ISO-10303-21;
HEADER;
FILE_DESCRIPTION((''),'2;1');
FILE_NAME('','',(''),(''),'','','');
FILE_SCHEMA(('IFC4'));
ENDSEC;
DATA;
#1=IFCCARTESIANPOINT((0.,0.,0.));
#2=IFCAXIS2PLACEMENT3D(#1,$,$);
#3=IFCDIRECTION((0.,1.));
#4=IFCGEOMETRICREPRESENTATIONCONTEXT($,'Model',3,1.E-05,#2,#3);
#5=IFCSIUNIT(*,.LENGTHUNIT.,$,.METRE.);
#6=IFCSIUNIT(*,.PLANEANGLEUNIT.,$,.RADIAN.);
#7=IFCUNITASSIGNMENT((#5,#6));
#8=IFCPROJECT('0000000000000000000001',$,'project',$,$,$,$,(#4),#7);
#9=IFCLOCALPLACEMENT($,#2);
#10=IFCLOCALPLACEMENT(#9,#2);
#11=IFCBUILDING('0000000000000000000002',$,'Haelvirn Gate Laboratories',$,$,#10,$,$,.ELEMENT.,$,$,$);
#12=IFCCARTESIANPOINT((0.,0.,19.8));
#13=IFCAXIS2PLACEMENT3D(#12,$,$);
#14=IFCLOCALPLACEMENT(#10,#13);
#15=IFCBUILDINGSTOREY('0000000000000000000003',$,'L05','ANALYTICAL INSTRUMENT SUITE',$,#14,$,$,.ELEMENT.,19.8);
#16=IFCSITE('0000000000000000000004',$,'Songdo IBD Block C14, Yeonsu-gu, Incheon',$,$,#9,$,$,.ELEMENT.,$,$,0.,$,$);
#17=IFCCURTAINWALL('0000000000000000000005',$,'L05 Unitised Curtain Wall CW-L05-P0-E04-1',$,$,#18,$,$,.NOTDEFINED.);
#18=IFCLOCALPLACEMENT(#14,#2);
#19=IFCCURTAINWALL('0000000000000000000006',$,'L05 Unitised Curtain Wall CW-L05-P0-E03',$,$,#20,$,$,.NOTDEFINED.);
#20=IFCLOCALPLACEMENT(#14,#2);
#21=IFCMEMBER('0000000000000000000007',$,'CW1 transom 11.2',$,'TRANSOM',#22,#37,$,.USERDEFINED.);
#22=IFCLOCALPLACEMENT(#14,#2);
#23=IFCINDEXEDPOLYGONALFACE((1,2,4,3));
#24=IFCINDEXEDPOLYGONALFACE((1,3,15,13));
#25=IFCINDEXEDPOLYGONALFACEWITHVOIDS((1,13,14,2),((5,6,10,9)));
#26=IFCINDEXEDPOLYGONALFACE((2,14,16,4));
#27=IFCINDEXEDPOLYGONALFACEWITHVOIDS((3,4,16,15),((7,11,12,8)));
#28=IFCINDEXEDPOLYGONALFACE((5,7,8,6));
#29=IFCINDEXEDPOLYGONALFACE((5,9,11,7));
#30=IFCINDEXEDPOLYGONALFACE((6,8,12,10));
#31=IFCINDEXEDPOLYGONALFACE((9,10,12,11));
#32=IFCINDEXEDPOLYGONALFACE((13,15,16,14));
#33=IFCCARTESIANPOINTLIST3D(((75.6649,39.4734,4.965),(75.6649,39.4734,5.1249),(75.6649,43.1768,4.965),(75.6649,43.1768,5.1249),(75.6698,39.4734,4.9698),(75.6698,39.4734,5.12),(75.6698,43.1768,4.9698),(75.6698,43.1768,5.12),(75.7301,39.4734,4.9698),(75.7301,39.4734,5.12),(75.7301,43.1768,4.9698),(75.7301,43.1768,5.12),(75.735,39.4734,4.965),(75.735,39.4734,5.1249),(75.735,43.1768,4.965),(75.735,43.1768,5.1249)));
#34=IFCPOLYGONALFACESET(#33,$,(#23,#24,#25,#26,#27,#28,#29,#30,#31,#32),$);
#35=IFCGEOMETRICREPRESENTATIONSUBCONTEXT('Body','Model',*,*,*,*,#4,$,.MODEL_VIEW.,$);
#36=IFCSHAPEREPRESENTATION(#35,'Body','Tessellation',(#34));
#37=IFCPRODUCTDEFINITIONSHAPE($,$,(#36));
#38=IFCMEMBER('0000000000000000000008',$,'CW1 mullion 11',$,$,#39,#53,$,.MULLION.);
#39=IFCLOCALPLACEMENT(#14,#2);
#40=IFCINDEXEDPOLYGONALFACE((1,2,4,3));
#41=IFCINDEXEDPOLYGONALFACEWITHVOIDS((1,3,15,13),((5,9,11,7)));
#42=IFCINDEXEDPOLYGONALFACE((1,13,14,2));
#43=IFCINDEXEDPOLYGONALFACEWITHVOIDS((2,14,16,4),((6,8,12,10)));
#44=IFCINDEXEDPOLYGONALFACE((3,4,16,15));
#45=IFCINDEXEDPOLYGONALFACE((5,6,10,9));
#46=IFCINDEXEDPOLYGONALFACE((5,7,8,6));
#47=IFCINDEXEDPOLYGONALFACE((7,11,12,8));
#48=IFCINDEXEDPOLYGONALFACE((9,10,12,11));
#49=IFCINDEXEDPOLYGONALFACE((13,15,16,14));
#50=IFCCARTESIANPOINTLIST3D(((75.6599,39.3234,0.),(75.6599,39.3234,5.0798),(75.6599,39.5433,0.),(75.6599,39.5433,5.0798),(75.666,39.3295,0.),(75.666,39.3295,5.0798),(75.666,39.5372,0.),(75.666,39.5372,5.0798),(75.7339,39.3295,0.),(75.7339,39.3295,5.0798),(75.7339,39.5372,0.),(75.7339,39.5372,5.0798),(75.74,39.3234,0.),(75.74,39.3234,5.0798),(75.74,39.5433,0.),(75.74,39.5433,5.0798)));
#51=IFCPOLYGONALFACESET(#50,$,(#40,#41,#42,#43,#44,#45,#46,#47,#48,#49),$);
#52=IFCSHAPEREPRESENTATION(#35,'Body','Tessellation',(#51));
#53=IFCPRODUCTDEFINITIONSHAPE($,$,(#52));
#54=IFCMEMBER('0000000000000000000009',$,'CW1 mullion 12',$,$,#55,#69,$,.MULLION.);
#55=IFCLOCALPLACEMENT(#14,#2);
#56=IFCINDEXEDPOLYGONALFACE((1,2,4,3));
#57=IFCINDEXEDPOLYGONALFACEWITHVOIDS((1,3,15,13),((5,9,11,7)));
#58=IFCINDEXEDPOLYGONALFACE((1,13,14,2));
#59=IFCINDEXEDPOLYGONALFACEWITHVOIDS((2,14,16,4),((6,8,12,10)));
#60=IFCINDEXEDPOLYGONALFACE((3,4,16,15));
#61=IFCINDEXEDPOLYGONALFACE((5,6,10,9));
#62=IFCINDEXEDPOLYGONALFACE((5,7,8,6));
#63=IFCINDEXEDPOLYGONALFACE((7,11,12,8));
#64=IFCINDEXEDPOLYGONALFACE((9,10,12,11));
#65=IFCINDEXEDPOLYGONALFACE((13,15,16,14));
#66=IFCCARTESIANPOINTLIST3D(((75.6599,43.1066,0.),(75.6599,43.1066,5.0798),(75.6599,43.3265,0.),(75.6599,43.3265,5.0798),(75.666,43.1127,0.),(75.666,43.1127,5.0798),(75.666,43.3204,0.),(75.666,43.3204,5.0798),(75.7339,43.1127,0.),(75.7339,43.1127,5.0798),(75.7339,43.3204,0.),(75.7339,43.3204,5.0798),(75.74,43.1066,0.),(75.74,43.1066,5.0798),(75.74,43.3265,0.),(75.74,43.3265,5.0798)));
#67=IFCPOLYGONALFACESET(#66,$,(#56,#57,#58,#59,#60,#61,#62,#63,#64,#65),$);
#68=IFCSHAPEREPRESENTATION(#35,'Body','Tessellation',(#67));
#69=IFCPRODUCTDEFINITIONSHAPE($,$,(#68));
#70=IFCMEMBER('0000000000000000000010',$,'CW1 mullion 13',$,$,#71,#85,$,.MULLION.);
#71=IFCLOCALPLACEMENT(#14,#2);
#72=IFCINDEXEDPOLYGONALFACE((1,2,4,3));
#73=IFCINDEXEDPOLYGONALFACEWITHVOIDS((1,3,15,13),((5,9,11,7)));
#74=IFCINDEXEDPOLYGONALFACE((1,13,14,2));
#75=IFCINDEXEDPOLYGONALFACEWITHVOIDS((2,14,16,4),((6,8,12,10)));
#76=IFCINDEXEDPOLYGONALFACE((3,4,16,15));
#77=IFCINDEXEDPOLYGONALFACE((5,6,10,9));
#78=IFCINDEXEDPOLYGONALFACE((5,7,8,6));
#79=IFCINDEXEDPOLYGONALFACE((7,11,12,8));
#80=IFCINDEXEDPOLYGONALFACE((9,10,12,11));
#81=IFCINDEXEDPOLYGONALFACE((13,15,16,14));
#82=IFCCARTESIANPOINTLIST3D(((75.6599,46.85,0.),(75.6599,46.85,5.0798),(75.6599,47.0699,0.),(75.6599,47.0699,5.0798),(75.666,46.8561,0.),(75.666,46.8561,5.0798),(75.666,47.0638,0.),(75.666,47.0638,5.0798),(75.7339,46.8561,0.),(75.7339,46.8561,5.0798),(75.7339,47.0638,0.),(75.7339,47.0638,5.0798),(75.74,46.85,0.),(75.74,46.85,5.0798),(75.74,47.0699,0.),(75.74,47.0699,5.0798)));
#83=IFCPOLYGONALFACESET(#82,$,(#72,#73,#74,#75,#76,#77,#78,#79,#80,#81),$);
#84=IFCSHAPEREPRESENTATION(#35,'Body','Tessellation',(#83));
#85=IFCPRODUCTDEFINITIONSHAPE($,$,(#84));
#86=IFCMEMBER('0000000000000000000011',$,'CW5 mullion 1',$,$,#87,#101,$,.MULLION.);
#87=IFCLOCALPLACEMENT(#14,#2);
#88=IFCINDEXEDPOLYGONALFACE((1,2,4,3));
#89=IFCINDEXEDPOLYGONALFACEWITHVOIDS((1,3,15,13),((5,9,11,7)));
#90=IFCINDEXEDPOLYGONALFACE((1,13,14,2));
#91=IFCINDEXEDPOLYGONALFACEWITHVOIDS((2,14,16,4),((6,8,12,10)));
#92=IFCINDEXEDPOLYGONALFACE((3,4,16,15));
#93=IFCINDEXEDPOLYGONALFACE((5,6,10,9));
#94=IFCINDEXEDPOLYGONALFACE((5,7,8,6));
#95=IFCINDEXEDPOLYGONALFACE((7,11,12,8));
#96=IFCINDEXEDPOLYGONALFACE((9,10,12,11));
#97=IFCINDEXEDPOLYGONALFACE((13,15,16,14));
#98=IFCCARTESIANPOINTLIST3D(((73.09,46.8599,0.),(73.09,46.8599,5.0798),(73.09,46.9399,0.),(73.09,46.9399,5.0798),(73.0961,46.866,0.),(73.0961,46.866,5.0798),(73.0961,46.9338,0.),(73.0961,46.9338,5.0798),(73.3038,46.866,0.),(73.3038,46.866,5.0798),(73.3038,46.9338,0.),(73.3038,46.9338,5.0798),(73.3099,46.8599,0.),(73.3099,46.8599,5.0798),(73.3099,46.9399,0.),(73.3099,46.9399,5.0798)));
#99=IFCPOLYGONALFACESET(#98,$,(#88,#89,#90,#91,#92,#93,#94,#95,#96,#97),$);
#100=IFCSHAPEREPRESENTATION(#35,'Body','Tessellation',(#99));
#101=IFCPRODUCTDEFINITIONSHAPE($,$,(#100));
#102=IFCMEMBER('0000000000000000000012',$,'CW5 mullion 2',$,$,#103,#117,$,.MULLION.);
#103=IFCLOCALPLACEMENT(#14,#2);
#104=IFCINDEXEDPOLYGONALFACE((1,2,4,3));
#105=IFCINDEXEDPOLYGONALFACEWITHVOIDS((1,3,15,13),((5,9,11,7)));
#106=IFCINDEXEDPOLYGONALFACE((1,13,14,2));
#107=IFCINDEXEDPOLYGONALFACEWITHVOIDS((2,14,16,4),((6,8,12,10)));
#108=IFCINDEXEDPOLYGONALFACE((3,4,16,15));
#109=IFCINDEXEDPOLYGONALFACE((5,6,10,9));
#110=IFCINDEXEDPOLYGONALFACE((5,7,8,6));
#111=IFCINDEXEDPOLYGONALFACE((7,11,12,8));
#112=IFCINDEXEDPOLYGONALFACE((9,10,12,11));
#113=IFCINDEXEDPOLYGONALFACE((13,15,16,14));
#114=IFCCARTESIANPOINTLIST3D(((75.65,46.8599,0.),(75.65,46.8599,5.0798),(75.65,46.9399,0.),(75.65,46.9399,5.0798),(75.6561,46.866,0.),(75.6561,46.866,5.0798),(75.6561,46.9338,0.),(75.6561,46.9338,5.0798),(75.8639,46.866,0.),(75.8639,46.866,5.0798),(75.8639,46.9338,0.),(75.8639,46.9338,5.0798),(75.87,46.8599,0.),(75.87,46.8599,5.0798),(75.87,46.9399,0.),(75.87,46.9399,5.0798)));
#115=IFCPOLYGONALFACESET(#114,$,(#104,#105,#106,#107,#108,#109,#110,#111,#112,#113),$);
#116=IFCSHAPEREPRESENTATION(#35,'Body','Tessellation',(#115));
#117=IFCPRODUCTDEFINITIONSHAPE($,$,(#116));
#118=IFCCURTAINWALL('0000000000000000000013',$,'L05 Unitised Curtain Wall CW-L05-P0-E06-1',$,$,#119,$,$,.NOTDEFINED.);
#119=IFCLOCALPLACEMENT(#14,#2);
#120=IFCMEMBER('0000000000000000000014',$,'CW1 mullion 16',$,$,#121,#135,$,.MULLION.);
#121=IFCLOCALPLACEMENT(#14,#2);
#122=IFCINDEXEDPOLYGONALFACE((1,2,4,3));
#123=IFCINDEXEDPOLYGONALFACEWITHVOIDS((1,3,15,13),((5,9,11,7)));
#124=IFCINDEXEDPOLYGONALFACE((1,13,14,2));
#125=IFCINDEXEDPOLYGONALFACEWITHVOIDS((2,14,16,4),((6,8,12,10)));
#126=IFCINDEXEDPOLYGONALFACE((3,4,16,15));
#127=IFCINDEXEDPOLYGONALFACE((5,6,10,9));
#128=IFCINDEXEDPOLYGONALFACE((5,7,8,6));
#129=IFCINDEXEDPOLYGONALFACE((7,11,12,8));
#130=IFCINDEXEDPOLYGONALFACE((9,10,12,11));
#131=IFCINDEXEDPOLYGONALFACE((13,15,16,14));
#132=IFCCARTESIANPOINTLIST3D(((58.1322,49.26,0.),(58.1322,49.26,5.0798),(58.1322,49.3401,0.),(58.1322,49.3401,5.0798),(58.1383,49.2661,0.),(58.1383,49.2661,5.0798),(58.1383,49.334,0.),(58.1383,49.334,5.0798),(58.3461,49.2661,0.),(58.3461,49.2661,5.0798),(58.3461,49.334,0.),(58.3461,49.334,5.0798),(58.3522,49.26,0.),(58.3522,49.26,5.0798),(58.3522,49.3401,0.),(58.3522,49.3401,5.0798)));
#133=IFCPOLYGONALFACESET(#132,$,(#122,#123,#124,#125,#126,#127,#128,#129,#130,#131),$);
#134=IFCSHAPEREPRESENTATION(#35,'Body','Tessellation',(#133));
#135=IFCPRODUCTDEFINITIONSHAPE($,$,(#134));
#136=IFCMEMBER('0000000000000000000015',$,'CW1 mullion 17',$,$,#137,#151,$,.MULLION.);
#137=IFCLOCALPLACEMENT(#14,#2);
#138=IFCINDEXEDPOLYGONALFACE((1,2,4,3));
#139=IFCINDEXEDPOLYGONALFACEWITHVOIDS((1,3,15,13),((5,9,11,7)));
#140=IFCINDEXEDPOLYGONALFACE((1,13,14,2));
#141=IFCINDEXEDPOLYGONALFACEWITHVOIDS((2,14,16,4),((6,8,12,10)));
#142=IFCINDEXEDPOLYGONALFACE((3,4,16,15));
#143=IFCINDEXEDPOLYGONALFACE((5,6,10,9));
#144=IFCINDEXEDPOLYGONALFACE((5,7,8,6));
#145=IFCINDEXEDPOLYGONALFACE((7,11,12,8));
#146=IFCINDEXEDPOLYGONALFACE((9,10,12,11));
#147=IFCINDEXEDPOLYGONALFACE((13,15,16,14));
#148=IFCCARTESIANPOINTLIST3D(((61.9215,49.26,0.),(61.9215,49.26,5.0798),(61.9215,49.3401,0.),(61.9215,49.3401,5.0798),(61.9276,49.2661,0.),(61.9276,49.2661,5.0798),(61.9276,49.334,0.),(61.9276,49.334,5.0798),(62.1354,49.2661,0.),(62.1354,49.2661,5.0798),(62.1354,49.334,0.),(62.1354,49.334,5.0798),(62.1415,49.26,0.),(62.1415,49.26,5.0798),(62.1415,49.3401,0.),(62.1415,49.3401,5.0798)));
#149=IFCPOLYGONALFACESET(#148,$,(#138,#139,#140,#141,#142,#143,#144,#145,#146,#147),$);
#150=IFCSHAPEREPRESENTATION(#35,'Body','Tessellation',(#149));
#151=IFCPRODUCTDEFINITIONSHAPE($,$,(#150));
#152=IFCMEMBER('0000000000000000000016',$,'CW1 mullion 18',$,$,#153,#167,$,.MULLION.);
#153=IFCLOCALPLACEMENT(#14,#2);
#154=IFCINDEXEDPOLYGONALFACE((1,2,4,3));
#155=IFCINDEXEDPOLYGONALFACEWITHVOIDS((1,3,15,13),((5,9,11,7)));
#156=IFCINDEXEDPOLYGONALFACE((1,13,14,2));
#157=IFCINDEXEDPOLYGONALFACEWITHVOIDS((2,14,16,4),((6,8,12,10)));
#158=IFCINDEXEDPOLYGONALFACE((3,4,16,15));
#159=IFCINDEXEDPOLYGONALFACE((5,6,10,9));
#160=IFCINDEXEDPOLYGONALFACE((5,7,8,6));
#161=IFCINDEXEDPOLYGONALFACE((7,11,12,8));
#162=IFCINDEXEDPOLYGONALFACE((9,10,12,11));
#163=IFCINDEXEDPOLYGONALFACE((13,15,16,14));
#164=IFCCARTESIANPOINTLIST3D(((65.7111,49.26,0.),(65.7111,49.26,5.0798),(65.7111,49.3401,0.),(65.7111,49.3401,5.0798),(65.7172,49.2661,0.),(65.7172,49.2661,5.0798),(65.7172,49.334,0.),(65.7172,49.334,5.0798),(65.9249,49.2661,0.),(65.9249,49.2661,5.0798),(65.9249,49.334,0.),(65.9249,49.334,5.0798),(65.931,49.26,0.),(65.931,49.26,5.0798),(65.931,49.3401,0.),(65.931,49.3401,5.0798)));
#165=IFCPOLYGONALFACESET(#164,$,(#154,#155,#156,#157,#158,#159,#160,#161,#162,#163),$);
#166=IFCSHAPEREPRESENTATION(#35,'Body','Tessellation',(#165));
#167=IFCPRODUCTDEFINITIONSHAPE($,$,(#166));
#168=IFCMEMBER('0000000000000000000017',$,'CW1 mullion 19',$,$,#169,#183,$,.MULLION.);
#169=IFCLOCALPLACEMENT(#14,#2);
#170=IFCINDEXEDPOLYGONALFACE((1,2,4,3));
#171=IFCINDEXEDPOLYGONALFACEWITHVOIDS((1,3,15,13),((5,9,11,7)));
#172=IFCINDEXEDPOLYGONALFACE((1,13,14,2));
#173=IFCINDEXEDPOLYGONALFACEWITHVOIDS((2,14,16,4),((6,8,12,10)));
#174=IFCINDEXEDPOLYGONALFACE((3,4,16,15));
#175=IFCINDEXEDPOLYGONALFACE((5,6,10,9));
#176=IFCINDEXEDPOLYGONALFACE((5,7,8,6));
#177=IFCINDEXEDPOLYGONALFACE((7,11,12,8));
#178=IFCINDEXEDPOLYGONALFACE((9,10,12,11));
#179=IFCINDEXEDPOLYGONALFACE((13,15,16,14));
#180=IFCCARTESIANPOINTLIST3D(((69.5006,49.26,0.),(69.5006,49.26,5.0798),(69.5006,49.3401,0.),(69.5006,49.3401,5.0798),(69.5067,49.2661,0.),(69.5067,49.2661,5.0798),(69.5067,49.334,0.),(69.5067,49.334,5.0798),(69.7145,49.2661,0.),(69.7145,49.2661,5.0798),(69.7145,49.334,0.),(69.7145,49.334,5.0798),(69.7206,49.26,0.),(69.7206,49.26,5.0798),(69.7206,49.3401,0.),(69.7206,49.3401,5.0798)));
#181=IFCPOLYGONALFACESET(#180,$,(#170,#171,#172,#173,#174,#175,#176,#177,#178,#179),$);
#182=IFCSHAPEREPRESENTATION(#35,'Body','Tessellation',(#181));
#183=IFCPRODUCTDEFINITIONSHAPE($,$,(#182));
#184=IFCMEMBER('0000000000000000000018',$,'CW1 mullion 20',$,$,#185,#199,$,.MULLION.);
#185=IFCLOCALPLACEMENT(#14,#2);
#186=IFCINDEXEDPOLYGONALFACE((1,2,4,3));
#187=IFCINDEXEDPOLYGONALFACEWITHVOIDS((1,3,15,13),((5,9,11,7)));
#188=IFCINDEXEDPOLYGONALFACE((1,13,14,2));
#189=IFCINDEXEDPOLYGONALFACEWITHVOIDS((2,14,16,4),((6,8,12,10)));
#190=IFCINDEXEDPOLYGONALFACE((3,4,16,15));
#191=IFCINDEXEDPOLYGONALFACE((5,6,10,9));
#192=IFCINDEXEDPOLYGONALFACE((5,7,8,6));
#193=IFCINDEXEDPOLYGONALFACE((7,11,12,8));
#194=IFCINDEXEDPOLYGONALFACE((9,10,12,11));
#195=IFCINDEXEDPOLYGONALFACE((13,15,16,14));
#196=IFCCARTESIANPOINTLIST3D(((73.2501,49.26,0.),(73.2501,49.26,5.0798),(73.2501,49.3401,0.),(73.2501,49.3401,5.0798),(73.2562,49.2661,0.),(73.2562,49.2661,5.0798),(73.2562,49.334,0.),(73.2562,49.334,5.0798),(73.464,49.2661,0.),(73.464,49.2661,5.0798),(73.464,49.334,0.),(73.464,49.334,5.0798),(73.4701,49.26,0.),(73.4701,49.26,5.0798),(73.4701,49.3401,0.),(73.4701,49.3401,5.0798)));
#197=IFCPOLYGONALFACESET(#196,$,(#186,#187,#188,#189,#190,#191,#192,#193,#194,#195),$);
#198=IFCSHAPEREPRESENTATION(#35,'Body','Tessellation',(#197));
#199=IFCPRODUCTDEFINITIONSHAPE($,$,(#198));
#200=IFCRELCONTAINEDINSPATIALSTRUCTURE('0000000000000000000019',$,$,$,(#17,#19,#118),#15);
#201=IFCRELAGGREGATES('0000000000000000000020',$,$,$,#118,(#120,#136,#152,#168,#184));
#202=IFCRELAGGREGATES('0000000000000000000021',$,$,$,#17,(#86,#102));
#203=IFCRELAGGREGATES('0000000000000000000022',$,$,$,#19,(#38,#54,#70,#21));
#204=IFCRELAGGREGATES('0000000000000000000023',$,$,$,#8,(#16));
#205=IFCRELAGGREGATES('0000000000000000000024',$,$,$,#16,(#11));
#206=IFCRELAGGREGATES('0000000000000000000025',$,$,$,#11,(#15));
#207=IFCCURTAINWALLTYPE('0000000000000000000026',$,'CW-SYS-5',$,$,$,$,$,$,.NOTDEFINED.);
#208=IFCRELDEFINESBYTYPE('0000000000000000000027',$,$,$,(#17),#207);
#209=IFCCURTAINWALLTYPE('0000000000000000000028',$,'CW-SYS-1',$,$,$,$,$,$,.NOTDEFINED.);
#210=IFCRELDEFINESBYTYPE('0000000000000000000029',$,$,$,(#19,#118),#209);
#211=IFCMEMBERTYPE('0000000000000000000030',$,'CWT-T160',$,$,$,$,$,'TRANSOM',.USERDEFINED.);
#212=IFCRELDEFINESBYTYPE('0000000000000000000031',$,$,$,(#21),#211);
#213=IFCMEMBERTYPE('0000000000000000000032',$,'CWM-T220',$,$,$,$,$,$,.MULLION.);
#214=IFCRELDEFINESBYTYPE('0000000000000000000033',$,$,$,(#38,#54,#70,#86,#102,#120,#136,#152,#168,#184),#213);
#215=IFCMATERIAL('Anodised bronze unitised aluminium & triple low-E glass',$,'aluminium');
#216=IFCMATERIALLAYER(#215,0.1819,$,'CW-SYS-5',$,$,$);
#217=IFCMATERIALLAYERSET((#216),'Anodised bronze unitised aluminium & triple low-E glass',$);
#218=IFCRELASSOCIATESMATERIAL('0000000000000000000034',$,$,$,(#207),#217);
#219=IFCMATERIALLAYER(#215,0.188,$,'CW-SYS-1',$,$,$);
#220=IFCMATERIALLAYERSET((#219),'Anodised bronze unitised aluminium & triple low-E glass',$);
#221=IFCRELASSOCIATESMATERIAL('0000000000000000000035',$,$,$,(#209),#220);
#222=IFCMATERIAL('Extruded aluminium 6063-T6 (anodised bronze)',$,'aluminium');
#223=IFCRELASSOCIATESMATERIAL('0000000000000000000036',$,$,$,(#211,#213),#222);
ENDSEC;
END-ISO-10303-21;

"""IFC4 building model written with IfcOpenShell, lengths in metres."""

from ifc_helpers import new_model, si_unit, direction, frame, origin, origin_2d, place, context, subcontext, project, spatial, hollow_rectangle, extrude, source, transform, mapped, material, layer, layer_set, material_profile, profile_set, type_object, type_shapes, element, aggregate, save


model = new_model("IFC4")

# Units and contexts
model_context = context("Model", 3, precision=1e-05, world=origin(), true_north=direction((0.0, 1.0)))
body_context = subcontext(model_context, "Body", "Model", "MODEL_VIEW")
ifc_project = project(units=[si_unit("LENGTHUNIT", "METRE"), si_unit("PLANEANGLEUNIT", "RADIAN")], contexts=[model_context])

# Site, building, storey
site_placement = place(None, origin())
site = spatial("IfcSite", under=ifc_project, at=site_placement, Name="Songdo IBD Block C14, Yeonsu-gu, Incheon", CompositionType="ELEMENT", RefElevation=0.0)
building_placement = place(site_placement, origin())
building = spatial("IfcBuilding", under=site, at=building_placement, Name="Haelvirn Gate Laboratories", CompositionType="ELEMENT")
storey_placement = place(building_placement, frame((0.0, 0.0, 19.8)))
storey = spatial("IfcBuildingStorey", under=building, at=storey_placement, Name="L05", Description="ANALYTICAL INSTRUMENT SUITE", CompositionType="ELEMENT", Elevation=19.8)

# Curtain walls, members
ifc_material_1 = material(Name="Anodised bronze unitised aluminium & triple low-E glass", Category="aluminium")
ifc_layer_1 = layer(ifc_material_1, 0.1819, Name="CW-SYS-5")
ifc_layer_set_1 = layer_set([ifc_layer_1], Name="Anodised bronze unitised aluminium & triple low-E glass")
curtain_wall_type_1 = type_object("IfcCurtainWallType", Name="CW-SYS-5", PredefinedType="NOTDEFINED", material=ifc_layer_set_1)
curtain_wall_1_placement = place(storey_placement, origin())
curtain_wall_1 = element("IfcCurtainWall", 1, at=curtain_wall_1_placement, inside=storey, type_object=curtain_wall_type_1, Name="L05 Unitised Curtain Wall CW-L05-P0-E04-1", PredefinedType="NOTDEFINED")
ifc_material_2 = material(Name="Extruded aluminium 6063-T6 (anodised bronze)", Category="aluminium")
ifc_layer_2 = layer(ifc_material_1, 0.188, Name="CW-SYS-1")
ifc_layer_set_2 = layer_set([ifc_layer_2], Name="Anodised bronze unitised aluminium & triple low-E glass")
curtain_wall_type_2 = type_object("IfcCurtainWallType", Name="CW-SYS-1", PredefinedType="NOTDEFINED", material=ifc_layer_set_2)
curtain_wall_2_placement = place(storey_placement, origin())
curtain_wall_2 = element("IfcCurtainWall", 2, at=curtain_wall_2_placement, inside=storey, type_object=curtain_wall_type_2, Name="L05 Unitised Curtain Wall CW-L05-P0-E03", PredefinedType="NOTDEFINED")
ifc_material_profile_1 = material_profile(ifc_material_2, hollow_rectangle(XDim=0.0701, YDim=0.1599, WallThickness=0.0049, at=origin_2d()), Name="CWT-160x70x5")
ifc_profile_set_1 = profile_set([ifc_material_profile_1], Name="Extruded aluminium 6063-T6 (anodised bronze)")
member_type_1 = type_object("IfcMemberType", Name="CWT-T160", ElementType="TRANSOM", PredefinedType="USERDEFINED", material=ifc_profile_set_1)
shared_shape_1 = source(origin(), body_context, "Body", "SweptSolid", [
    extrude(hollow_rectangle(XDim=0.0701, YDim=0.1599, WallThickness=0.0049, at=origin_2d()), origin(), (0.0, 0.0, 1.0), 3.7034),
])
member_1_placement = place(storey_placement, frame((75.7, 39.4734, 5.0449), z_axis=(0.0, 1.0, 0.0), x_axis=(-1.0, 0.0, 0.0)))
member_1 = element("IfcMember", 3, at=member_1_placement, type_object=member_type_1, Name="CW1 transom 11.2", ObjectType="TRANSOM", PredefinedType="USERDEFINED", context=body_context, shape_type="MappedRepresentation", body=[
    mapped(shared_shape_1, transform((0.0, 0.0, 0.0), scale=1.0)),
])
ifc_material_profile_2 = material_profile(ifc_material_2, hollow_rectangle(XDim=0.0801, YDim=0.22, WallThickness=0.0061, at=origin_2d()), Name="CWM-220x80x6")
ifc_profile_set_2 = profile_set([ifc_material_profile_2], Name="Extruded aluminium 6063-T6 (anodised bronze)")
member_type_2 = type_object("IfcMemberType", Name="CWM-T220", PredefinedType="MULLION", material=ifc_profile_set_2)
shared_shape_2 = source(origin(), body_context, "Body", "SweptSolid", [
    extrude(hollow_rectangle(XDim=0.0801, YDim=0.22, WallThickness=0.0061, at=origin_2d()), origin(), (0.0, 0.0, 1.0), 5.0798),
])
type_shapes(member_type_2, [shared_shape_2])
member_2_placement = place(storey_placement, frame((75.7, 39.4333, 0.0), z_axis=(0.0, 0.0, 1.0), x_axis=(-1.0, 0.0, 0.0)))
member_2 = element("IfcMember", 4, at=member_2_placement, type_object=member_type_2, Name="CW1 mullion 11", PredefinedType="MULLION", context=body_context, shape_type="MappedRepresentation", body=[
    mapped(shared_shape_2, transform((0.0, 0.0, 0.0), scale=1.0)),
])
member_3_placement = place(storey_placement, frame((75.7, 43.2166, 0.0), z_axis=(0.0, 0.0, 1.0), x_axis=(-1.0, 0.0, 0.0)))
member_3 = element("IfcMember", 5, at=member_3_placement, type_object=member_type_2, Name="CW1 mullion 12", PredefinedType="MULLION", context=body_context, shape_type="MappedRepresentation", body=[
    mapped(shared_shape_2, transform((0.0, 0.0, 0.0), scale=1.0)),
])
member_4_placement = place(storey_placement, frame((75.7, 46.96, 0.0), z_axis=(0.0, 0.0, 1.0), x_axis=(-1.0, 0.0, 0.0)))
member_4 = element("IfcMember", 6, at=member_4_placement, type_object=member_type_2, Name="CW1 mullion 13", PredefinedType="MULLION", context=body_context, shape_type="MappedRepresentation", body=[
    mapped(shared_shape_2, transform((0.0, 0.0, 0.0), scale=1.0)),
])

# Members
member_5_placement = place(storey_placement, frame((73.2, 46.8999, 0.0), z_axis=(0.0, 0.0, 1.0), x_axis=(0.0, 1.0, 0.0)))
member_5 = element("IfcMember", 7, at=member_5_placement, type_object=member_type_2, Name="CW5 mullion 1", PredefinedType="MULLION", context=body_context, shape_type="MappedRepresentation", body=[
    mapped(shared_shape_2, transform((0.0, 0.0, 0.0), scale=1.0)),
])
member_6_placement = place(storey_placement, frame((75.76, 46.8999, 0.0), z_axis=(0.0, 0.0, 1.0), x_axis=(0.0, 1.0, 0.0)))
member_6 = element("IfcMember", 8, at=member_6_placement, type_object=member_type_2, Name="CW5 mullion 2", PredefinedType="MULLION", context=body_context, shape_type="MappedRepresentation", body=[
    mapped(shared_shape_2, transform((0.0, 0.0, 0.0), scale=1.0)),
])

# Curtain wall, members
curtain_wall_3_placement = place(storey_placement, origin())
curtain_wall_3 = element("IfcCurtainWall", 9, at=curtain_wall_3_placement, inside=storey, type_object=curtain_wall_type_2, Name="L05 Unitised Curtain Wall CW-L05-P0-E06-1", PredefinedType="NOTDEFINED")
member_7_placement = place(storey_placement, frame((58.2422, 49.3, 0.0), z_axis=(0.0, 0.0, 1.0), x_axis=(0.0, 1.0, 0.0)))
member_7 = element("IfcMember", 10, at=member_7_placement, type_object=member_type_2, Name="CW1 mullion 16", PredefinedType="MULLION", context=body_context, shape_type="MappedRepresentation", body=[
    mapped(shared_shape_2, transform((0.0, 0.0, 0.0), scale=1.0)),
])
member_8_placement = place(storey_placement, frame((62.0315, 49.3, 0.0), z_axis=(0.0, 0.0, 1.0), x_axis=(0.0, 1.0, 0.0)))
member_8 = element("IfcMember", 11, at=member_8_placement, type_object=member_type_2, Name="CW1 mullion 17", PredefinedType="MULLION", context=body_context, shape_type="MappedRepresentation", body=[
    mapped(shared_shape_2, transform((0.0, 0.0, 0.0), scale=1.0)),
])
member_9_placement = place(storey_placement, frame((65.821, 49.3, 0.0), z_axis=(0.0, 0.0, 1.0), x_axis=(0.0, 1.0, 0.0)))
member_9 = element("IfcMember", 12, at=member_9_placement, type_object=member_type_2, Name="CW1 mullion 18", PredefinedType="MULLION", context=body_context, shape_type="MappedRepresentation", body=[
    mapped(shared_shape_2, transform((0.0, 0.0, 0.0), scale=1.0)),
])
member_10_placement = place(storey_placement, frame((69.6106, 49.3, 0.0), z_axis=(0.0, 0.0, 1.0), x_axis=(0.0, 1.0, 0.0)))
member_10 = element("IfcMember", 13, at=member_10_placement, type_object=member_type_2, Name="CW1 mullion 19", PredefinedType="MULLION", context=body_context, shape_type="MappedRepresentation", body=[
    mapped(shared_shape_2, transform((0.0, 0.0, 0.0), scale=1.0)),
])
member_11_placement = place(storey_placement, frame((73.3601, 49.3, 0.0), z_axis=(0.0, 0.0, 1.0), x_axis=(0.0, 1.0, 0.0)))
member_11 = element("IfcMember", 14, at=member_11_placement, type_object=member_type_2, Name="CW1 mullion 20", PredefinedType="MULLION", context=body_context, shape_type="MappedRepresentation", body=[
    mapped(shared_shape_2, transform((0.0, 0.0, 0.0), scale=1.0)),
])
aggregate(curtain_wall_3, [member_7, member_8, member_9, member_10, member_11])

aggregate(curtain_wall_1, [member_5, member_6])
aggregate(curtain_wall_2, [member_2, member_3, member_4, member_1])

save(model, "model.ifc")
